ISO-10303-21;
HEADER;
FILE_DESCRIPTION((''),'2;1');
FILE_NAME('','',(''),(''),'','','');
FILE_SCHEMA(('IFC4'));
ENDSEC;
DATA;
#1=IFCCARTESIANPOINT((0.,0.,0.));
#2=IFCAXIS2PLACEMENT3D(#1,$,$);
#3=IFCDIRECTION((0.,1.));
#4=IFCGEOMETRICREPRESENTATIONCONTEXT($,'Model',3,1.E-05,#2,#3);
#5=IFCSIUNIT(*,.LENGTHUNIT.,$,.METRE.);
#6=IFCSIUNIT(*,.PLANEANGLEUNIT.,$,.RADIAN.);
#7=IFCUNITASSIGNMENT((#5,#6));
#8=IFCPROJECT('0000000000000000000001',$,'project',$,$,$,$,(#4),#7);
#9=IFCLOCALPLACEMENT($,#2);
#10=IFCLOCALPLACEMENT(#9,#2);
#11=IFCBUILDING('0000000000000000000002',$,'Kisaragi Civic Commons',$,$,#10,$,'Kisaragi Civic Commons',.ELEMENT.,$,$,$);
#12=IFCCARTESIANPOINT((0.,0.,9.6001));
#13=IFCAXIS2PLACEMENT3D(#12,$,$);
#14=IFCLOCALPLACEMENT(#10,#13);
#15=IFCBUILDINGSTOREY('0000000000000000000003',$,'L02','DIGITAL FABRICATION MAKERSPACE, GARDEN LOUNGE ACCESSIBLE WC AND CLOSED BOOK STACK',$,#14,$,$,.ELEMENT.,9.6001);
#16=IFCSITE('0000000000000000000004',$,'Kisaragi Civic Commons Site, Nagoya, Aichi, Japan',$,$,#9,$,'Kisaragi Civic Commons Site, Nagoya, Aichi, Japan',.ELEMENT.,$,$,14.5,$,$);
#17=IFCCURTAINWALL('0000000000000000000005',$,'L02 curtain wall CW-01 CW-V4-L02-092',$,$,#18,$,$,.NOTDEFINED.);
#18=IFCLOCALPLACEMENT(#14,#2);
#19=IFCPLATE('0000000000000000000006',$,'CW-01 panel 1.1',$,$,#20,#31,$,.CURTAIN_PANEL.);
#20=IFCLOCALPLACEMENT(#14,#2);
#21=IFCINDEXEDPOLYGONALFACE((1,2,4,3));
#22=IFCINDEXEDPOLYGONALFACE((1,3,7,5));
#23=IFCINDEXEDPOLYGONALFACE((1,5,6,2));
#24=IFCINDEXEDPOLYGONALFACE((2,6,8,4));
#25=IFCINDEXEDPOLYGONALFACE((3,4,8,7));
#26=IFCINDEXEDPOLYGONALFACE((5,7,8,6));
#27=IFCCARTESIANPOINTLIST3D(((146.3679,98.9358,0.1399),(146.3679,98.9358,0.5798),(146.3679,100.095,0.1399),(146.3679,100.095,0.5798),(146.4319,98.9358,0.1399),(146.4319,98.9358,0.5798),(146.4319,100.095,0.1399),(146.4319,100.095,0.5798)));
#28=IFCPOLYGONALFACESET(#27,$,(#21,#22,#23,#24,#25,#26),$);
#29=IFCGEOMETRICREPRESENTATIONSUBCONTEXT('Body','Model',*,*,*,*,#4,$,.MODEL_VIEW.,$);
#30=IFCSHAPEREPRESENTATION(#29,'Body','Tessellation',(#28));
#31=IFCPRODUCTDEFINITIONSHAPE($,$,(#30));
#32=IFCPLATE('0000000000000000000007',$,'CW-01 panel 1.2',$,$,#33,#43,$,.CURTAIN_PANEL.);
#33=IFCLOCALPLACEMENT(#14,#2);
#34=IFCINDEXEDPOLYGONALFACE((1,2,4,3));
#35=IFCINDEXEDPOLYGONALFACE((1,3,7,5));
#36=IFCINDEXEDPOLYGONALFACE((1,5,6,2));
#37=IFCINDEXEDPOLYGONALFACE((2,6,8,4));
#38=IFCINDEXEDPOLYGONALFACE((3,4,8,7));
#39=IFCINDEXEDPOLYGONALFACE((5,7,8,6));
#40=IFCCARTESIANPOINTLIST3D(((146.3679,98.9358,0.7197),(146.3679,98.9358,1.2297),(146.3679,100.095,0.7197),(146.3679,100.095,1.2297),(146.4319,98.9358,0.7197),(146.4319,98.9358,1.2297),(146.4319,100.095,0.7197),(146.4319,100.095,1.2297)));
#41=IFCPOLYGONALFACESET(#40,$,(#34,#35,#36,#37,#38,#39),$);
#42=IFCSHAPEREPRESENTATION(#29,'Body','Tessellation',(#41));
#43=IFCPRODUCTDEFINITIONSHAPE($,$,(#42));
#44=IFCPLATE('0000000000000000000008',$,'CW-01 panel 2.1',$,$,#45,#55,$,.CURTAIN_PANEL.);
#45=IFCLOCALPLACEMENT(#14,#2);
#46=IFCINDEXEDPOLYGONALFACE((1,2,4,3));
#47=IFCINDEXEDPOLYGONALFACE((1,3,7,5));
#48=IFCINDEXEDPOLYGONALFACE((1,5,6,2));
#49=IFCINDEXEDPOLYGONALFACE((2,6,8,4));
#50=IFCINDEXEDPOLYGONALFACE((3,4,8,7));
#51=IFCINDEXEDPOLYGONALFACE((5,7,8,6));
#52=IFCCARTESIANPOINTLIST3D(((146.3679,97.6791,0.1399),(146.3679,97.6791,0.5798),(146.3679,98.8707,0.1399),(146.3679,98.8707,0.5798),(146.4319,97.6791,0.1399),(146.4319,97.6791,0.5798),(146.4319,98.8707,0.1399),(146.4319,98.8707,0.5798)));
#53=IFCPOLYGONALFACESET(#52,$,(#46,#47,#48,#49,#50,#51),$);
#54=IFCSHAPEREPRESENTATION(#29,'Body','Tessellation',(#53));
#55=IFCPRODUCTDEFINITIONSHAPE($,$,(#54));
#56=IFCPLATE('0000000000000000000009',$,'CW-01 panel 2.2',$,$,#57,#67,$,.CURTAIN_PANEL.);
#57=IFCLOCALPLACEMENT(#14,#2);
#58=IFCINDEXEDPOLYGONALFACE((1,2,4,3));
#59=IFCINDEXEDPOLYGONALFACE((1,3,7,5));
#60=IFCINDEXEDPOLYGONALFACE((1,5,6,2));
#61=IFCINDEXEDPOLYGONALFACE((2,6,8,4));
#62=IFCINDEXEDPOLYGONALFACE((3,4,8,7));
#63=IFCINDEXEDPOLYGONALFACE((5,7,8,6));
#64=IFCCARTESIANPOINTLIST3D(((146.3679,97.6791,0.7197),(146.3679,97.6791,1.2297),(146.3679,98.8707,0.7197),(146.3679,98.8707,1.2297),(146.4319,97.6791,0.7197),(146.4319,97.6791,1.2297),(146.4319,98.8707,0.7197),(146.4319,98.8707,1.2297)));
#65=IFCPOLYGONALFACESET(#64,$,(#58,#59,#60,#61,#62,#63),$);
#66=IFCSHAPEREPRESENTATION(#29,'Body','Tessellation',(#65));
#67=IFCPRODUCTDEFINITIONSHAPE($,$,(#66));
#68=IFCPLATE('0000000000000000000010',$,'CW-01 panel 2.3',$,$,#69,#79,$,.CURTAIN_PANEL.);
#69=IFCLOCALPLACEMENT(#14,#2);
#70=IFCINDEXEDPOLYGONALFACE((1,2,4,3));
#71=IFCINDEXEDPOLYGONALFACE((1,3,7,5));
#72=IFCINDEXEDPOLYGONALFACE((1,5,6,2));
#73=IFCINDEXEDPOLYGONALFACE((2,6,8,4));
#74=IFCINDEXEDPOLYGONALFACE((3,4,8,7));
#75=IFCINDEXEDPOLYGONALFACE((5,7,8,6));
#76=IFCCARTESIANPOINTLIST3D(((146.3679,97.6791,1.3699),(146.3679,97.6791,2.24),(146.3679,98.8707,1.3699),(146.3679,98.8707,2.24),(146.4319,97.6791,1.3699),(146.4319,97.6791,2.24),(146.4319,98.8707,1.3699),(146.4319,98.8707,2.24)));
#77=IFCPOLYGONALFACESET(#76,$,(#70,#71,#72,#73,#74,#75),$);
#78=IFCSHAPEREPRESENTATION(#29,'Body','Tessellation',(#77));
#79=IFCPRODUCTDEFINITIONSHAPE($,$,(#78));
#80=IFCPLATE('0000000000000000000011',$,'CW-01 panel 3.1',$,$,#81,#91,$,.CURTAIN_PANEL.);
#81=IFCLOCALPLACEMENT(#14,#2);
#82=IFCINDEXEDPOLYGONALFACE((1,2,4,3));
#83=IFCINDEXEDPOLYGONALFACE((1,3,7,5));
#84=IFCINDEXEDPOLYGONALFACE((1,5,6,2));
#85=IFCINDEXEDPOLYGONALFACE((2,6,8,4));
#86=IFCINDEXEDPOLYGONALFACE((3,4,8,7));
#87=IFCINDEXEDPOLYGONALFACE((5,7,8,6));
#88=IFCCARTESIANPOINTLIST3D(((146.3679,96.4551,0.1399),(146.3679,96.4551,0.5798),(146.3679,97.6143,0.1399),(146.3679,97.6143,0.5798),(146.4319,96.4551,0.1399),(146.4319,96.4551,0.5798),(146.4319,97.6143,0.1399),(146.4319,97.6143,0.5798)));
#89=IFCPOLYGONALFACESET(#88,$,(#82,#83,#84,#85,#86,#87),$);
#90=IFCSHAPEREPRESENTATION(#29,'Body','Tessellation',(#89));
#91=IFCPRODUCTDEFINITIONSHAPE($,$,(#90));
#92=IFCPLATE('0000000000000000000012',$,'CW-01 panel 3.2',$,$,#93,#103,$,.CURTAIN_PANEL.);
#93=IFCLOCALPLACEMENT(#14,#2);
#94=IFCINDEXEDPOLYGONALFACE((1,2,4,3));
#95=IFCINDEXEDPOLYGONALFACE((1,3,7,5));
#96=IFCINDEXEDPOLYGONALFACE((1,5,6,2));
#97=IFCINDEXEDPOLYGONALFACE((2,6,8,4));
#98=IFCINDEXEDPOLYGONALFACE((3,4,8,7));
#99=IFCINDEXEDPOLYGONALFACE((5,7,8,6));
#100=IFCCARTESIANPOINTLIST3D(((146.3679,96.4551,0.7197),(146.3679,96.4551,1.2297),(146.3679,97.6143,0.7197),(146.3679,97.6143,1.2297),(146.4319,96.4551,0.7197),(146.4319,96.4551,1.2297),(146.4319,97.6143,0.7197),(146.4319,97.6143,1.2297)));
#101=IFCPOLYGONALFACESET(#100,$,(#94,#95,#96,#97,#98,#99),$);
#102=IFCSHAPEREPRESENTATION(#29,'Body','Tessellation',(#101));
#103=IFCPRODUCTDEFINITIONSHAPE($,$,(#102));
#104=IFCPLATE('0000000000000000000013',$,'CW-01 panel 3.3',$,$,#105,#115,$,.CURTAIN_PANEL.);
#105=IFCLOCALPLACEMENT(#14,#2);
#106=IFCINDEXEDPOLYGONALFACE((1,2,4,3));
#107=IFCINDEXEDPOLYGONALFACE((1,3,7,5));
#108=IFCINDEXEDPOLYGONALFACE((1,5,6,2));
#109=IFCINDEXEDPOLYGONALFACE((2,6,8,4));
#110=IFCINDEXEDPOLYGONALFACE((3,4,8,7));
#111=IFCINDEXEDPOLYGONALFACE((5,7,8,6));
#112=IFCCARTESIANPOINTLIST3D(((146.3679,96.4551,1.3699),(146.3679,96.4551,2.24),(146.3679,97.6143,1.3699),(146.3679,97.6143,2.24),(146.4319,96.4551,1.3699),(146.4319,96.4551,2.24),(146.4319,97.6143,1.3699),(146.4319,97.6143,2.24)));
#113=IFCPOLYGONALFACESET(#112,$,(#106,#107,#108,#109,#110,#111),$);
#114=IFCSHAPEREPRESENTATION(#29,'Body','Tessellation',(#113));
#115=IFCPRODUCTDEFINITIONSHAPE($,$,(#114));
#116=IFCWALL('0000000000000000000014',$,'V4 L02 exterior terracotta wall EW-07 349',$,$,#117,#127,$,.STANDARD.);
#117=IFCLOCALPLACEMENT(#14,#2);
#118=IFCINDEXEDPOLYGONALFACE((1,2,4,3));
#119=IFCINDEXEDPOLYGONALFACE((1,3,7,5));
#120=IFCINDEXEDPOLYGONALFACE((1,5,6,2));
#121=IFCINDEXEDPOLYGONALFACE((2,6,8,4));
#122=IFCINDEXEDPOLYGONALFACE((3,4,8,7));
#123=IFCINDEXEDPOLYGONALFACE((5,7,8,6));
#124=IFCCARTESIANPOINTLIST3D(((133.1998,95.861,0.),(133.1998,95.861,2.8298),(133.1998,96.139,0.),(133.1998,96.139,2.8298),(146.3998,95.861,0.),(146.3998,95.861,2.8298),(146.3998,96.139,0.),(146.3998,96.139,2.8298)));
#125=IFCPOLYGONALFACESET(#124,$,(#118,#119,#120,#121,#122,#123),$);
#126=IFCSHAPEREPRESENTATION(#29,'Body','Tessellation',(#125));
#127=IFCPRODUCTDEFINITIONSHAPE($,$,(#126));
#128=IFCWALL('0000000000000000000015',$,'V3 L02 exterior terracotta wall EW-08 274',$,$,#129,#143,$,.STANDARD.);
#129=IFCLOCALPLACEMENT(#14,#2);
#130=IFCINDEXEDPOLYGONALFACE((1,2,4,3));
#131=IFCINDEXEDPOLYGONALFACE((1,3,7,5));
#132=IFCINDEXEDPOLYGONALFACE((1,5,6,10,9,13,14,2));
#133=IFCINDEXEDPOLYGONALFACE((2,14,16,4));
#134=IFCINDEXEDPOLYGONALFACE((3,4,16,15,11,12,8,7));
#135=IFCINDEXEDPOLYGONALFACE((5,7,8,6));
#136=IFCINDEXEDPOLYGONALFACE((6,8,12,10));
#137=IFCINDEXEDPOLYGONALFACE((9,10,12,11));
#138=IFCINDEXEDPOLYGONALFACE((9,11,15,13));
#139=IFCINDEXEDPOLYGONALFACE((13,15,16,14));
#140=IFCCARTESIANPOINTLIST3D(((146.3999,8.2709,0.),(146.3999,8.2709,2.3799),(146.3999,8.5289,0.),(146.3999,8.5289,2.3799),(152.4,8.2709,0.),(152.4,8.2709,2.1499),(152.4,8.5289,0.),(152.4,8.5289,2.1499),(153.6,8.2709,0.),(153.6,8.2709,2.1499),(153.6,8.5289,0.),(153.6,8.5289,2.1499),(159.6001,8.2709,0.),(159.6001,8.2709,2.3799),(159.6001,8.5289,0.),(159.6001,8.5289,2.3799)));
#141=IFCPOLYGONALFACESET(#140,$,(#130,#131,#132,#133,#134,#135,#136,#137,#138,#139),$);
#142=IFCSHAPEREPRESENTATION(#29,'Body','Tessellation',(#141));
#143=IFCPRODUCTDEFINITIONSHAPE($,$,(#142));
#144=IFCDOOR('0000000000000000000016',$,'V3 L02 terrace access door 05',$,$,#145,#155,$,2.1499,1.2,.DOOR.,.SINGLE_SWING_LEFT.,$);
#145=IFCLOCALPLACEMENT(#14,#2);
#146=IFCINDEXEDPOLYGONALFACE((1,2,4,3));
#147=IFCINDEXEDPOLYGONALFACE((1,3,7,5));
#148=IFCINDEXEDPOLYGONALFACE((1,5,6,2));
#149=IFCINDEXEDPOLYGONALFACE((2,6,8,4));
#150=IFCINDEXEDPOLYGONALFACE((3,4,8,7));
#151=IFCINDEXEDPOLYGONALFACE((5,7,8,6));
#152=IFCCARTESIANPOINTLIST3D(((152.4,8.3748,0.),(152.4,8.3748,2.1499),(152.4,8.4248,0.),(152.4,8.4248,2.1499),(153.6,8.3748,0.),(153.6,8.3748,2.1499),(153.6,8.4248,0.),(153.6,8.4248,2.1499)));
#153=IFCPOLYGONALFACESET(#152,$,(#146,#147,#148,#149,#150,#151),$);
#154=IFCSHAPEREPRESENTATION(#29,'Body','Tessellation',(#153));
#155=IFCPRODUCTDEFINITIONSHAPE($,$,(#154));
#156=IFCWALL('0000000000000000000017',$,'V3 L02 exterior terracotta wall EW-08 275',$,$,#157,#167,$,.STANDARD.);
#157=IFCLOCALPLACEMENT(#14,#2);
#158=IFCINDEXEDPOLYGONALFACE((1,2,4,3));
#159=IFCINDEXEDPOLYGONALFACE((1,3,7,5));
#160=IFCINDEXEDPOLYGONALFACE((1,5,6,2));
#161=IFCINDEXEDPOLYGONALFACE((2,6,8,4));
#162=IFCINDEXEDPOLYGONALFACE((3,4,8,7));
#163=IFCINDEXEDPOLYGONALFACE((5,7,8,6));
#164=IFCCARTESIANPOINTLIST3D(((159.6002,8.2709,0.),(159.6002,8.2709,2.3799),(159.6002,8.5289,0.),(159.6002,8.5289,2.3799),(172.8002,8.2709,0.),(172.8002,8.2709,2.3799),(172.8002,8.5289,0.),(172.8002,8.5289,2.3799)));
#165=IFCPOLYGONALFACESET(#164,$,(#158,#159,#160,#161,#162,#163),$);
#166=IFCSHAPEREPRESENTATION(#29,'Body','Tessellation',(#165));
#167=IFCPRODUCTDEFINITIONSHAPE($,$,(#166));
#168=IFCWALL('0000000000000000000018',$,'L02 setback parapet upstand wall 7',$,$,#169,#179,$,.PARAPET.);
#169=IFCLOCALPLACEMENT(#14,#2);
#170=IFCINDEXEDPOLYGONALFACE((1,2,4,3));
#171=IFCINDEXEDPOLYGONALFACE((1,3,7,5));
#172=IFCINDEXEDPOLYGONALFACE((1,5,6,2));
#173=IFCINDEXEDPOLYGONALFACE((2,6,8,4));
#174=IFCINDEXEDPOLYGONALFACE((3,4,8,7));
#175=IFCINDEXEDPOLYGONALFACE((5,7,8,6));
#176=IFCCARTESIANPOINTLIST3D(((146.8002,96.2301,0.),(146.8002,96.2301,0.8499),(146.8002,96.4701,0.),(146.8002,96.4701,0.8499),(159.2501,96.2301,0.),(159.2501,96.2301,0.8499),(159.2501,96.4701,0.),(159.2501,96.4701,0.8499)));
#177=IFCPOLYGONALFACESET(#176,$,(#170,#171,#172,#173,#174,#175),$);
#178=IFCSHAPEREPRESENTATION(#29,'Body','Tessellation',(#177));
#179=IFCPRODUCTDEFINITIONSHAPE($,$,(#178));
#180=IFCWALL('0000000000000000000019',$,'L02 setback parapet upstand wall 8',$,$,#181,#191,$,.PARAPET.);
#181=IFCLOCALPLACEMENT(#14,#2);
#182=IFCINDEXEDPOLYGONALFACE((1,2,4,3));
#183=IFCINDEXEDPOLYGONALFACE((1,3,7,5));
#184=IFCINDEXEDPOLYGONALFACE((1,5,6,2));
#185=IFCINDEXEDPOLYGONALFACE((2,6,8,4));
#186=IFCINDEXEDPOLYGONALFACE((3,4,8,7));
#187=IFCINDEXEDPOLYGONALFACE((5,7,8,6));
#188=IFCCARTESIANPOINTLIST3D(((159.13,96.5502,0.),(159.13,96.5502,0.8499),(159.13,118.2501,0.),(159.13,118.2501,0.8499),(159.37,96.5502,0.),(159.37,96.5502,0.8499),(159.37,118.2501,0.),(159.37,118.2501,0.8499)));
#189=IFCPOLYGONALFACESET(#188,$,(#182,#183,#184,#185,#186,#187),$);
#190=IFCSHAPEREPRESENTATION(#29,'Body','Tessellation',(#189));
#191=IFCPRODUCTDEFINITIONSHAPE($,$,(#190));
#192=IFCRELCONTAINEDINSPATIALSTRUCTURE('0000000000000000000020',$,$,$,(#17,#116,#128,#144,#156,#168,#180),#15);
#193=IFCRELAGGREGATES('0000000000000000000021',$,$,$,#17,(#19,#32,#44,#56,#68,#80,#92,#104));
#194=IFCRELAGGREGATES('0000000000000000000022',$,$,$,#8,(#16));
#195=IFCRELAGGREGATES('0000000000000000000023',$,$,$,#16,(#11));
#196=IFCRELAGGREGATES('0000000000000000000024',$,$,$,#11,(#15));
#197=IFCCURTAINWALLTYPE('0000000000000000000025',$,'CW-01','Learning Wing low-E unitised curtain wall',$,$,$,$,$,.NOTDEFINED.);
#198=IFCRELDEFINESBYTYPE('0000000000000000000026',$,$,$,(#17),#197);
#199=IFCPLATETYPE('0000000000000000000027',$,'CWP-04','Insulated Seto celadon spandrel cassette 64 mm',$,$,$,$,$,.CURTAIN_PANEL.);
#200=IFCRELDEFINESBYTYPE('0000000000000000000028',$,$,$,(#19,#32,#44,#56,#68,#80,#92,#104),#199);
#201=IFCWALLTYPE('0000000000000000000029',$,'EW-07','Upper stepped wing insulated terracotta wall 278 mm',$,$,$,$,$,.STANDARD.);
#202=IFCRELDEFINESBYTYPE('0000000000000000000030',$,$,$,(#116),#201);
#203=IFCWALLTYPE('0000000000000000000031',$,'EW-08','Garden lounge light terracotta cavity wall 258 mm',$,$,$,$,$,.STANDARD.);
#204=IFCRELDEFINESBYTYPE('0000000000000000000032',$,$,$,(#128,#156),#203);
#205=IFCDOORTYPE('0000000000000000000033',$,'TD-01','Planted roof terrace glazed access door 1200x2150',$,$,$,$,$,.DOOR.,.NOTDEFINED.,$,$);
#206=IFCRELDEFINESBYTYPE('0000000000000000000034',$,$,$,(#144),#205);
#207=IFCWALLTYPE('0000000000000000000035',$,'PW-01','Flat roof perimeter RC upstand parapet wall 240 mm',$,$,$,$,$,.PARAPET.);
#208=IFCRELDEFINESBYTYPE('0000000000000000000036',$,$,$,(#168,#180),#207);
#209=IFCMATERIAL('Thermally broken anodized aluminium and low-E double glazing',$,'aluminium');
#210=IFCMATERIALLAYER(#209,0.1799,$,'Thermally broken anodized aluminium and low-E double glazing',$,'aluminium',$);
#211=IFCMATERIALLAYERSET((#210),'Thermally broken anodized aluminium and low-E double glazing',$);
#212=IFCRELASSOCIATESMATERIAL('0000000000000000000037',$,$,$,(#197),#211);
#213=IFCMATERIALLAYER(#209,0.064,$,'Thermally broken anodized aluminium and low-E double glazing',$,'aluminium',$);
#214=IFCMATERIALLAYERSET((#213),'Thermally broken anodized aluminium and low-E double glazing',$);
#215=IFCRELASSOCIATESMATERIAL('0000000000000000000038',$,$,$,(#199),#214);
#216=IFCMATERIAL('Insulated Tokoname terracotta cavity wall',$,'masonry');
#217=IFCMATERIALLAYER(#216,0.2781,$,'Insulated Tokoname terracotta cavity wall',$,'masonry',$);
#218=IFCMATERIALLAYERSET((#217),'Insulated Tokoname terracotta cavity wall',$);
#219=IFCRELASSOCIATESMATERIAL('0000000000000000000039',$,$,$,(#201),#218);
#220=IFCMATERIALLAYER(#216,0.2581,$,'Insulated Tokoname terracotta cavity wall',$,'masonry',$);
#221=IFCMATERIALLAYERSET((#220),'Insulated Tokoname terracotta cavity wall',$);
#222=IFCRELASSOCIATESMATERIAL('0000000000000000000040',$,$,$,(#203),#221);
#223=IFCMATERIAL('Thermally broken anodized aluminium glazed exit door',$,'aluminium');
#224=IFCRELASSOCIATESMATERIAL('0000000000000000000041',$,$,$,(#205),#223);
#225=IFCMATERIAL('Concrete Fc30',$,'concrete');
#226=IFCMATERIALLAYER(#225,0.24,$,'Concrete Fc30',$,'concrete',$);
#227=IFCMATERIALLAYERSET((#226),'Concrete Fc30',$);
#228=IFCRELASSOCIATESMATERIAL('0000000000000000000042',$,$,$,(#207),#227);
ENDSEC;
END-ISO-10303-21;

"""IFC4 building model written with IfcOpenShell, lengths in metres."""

from ifc_helpers import new_model, si_unit, direction, frame, frame_2d, origin, origin_2d, place, context, subcontext, project, spatial, rectangle, extrude, material, layer, layer_set, type_object, element, fill, aggregate, save


model = new_model("IFC4")

# Units and contexts
model_context = context("Model", 3, precision=1e-05, world=origin(), true_north=direction((0.0, 1.0)))
body_context = subcontext(model_context, "Body", "Model", "MODEL_VIEW")
ifc_project = project(units=[si_unit("LENGTHUNIT", "METRE"), si_unit("PLANEANGLEUNIT", "RADIAN")], contexts=[model_context])

# Site, building, storey
site_placement = place(None, origin())
site = spatial("IfcSite", under=ifc_project, at=site_placement, Name="Kisaragi Civic Commons Site, Nagoya, Aichi, Japan", LongName="Kisaragi Civic Commons Site, Nagoya, Aichi, Japan", CompositionType="ELEMENT", RefElevation=14.5)
building_placement = place(site_placement, origin())
building = spatial("IfcBuilding", under=site, at=building_placement, Name="Kisaragi Civic Commons", LongName="Kisaragi Civic Commons", CompositionType="ELEMENT")
storey_placement = place(building_placement, frame((0.0, 0.0, 9.6001)))
storey = spatial("IfcBuildingStorey", under=building, at=storey_placement, Name="L02", Description="DIGITAL FABRICATION MAKERSPACE, GARDEN LOUNGE ACCESSIBLE WC AND CLOSED BOOK STACK", CompositionType="ELEMENT", Elevation=9.6001)

# Curtain wall
ifc_material_1 = material(Name="Thermally broken anodized aluminium and low-E double glazing", Category="aluminium")
ifc_layer_1 = layer(ifc_material_1, 0.1799, Name="Thermally broken anodized aluminium and low-E double glazing", Category="aluminium")
ifc_layer_set_1 = layer_set([ifc_layer_1], Name="Thermally broken anodized aluminium and low-E double glazing")
curtain_wall_type = type_object("IfcCurtainWallType", Name="CW-01", Description="Learning Wing low-E unitised curtain wall", PredefinedType="NOTDEFINED", material=ifc_layer_set_1)
curtain_wall_placement = place(storey_placement, origin())
curtain_wall = element("IfcCurtainWall", 1, at=curtain_wall_placement, inside=storey, type_object=curtain_wall_type, Name="L02 curtain wall CW-01 CW-V4-L02-092", PredefinedType="NOTDEFINED")

# Plates
ifc_layer_2 = layer(ifc_material_1, 0.064, Name="Thermally broken anodized aluminium and low-E double glazing", Category="aluminium")
ifc_layer_set_2 = layer_set([ifc_layer_2], Name="Thermally broken anodized aluminium and low-E double glazing")
plate_type = type_object("IfcPlateType", Name="CWP-04", Description="Insulated Seto celadon spandrel cassette 64 mm", PredefinedType="CURTAIN_PANEL", material=ifc_layer_set_2)
plate_1_placement = place(storey_placement, frame((146.3999, 99.5154, 0.1399), z_axis=(0.0, 0.0, 1.0), x_axis=(0.0, -1.0, 0.0)))
plate_1 = element("IfcPlate", 2, at=plate_1_placement, type_object=plate_type, Name="CW-01 panel 1.1", PredefinedType="CURTAIN_PANEL", context=body_context, shape_type="SweptSolid", body=[
    extrude(rectangle(XDim=1.1592, YDim=0.064, at=origin_2d()), origin(), (0.0, 0.0, 1.0), 0.4399),
])
plate_2_placement = place(storey_placement, frame((146.3999, 99.5154, 0.7197), z_axis=(0.0, 0.0, 1.0), x_axis=(0.0, -1.0, 0.0)))
plate_2 = element("IfcPlate", 3, at=plate_2_placement, type_object=plate_type, Name="CW-01 panel 1.2", PredefinedType="CURTAIN_PANEL", context=body_context, shape_type="SweptSolid", body=[
    extrude(rectangle(XDim=1.1592, YDim=0.064, at=origin_2d()), origin(), (0.0, 0.0, 1.0), 0.51),
])
plate_3_placement = place(storey_placement, frame((146.3999, 98.2749, 0.1399), z_axis=(0.0, 0.0, 1.0), x_axis=(0.0, -1.0, 0.0)))
plate_3 = element("IfcPlate", 4, at=plate_3_placement, type_object=plate_type, Name="CW-01 panel 2.1", PredefinedType="CURTAIN_PANEL", context=body_context, shape_type="SweptSolid", body=[
    extrude(rectangle(XDim=1.1917, YDim=0.064, at=origin_2d()), origin(), (0.0, 0.0, 1.0), 0.4399),
])
plate_4_placement = place(storey_placement, frame((146.3999, 98.2749, 0.7197), z_axis=(0.0, 0.0, 1.0), x_axis=(0.0, -1.0, 0.0)))
plate_4 = element("IfcPlate", 5, at=plate_4_placement, type_object=plate_type, Name="CW-01 panel 2.2", PredefinedType="CURTAIN_PANEL", context=body_context, shape_type="SweptSolid", body=[
    extrude(rectangle(XDim=1.1917, YDim=0.064, at=origin_2d()), origin(), (0.0, 0.0, 1.0), 0.51),
])
plate_5_placement = place(storey_placement, frame((146.3999, 98.2749, 1.3699), z_axis=(0.0, 0.0, 1.0), x_axis=(0.0, -1.0, 0.0)))
plate_5 = element("IfcPlate", 6, at=plate_5_placement, type_object=plate_type, Name="CW-01 panel 2.3", PredefinedType="CURTAIN_PANEL", context=body_context, shape_type="SweptSolid", body=[
    extrude(rectangle(XDim=1.1917, YDim=0.064, at=origin_2d()), origin(), (0.0, 0.0, 1.0), 0.8701),
])
plate_6_placement = place(storey_placement, frame((146.3999, 97.0347, 0.1399), z_axis=(0.0, 0.0, 1.0), x_axis=(0.0, -1.0, 0.0)))
plate_6 = element("IfcPlate", 7, at=plate_6_placement, type_object=plate_type, Name="CW-01 panel 3.1", PredefinedType="CURTAIN_PANEL", context=body_context, shape_type="SweptSolid", body=[
    extrude(rectangle(XDim=1.1592, YDim=0.064, at=origin_2d()), origin(), (0.0, 0.0, 1.0), 0.4399),
])
plate_7_placement = place(storey_placement, frame((146.3999, 97.0347, 0.7197), z_axis=(0.0, 0.0, 1.0), x_axis=(0.0, -1.0, 0.0)))
plate_7 = element("IfcPlate", 8, at=plate_7_placement, type_object=plate_type, Name="CW-01 panel 3.2", PredefinedType="CURTAIN_PANEL", context=body_context, shape_type="SweptSolid", body=[
    extrude(rectangle(XDim=1.1592, YDim=0.064, at=origin_2d()), origin(), (0.0, 0.0, 1.0), 0.51),
])
plate_8_placement = place(storey_placement, frame((146.3999, 97.0347, 1.3699), z_axis=(0.0, 0.0, 1.0), x_axis=(0.0, -1.0, 0.0)))
plate_8 = element("IfcPlate", 9, at=plate_8_placement, type_object=plate_type, Name="CW-01 panel 3.3", PredefinedType="CURTAIN_PANEL", context=body_context, shape_type="SweptSolid", body=[
    extrude(rectangle(XDim=1.1592, YDim=0.064, at=origin_2d()), origin(), (0.0, 0.0, 1.0), 0.8701),
])
aggregate(curtain_wall, [plate_1, plate_2, plate_3, plate_4, plate_5, plate_6, plate_7, plate_8])

# Wall
ifc_material_2 = material(Name="Insulated Tokoname terracotta cavity wall", Category="masonry")
ifc_layer_3 = layer(ifc_material_2, 0.2781, Name="Insulated Tokoname terracotta cavity wall", Category="masonry")
ifc_layer_set_3 = layer_set([ifc_layer_3], Name="Insulated Tokoname terracotta cavity wall")
wall_type_1 = type_object("IfcWallType", Name="EW-07", Description="Upper stepped wing insulated terracotta wall 278 mm", PredefinedType="STANDARD", material=ifc_layer_set_3)
wall_1_placement = place(storey_placement, frame((146.3999, 96.0, 0.0), z_axis=(0.0, 0.0, 1.0), x_axis=(-1.0, 0.0, 0.0)))
element("IfcWall", 10, at=wall_1_placement, inside=storey, type_object=wall_type_1, Name="V4 L02 exterior terracotta wall EW-07 349", PredefinedType="STANDARD", context=body_context, shape_type="SweptSolid", body=[
    extrude(rectangle(XDim=13.2, YDim=0.2781, at=frame_2d((6.6001, 0.0))), origin(), (0.0, 0.0, 1.0), 2.8298),
])

# Wall, opening, door
ifc_layer_4 = layer(ifc_material_2, 0.2581, Name="Insulated Tokoname terracotta cavity wall", Category="masonry")
ifc_layer_set_4 = layer_set([ifc_layer_4], Name="Insulated Tokoname terracotta cavity wall")
wall_type_2 = type_object("IfcWallType", Name="EW-08", Description="Garden lounge light terracotta cavity wall 258 mm", PredefinedType="STANDARD", material=ifc_layer_set_4)
wall_2_placement = place(storey_placement, frame((146.3999, 8.3999, 0.0), z_axis=(0.0, 0.0, 1.0), x_axis=(1.0, 0.0, 0.0)))
wall_2 = element("IfcWall", 11, at=wall_2_placement, inside=storey, type_object=wall_type_2, Name="V3 L02 exterior terracotta wall EW-08 274", PredefinedType="STANDARD", context=body_context, shape_type="SweptSolid", body=[
    extrude(rectangle(XDim=13.2002, YDim=0.2581, at=frame_2d((6.6001, 0.0))), origin(), (0.0, 0.0, 1.0), 2.3799),
])
opening_placement = place(wall_2_placement, frame((6.0, 0.0, 0.0)))
opening = element("IfcOpeningElement", 12, at=opening_placement, cuts=wall_2, PredefinedType="OPENING", context=body_context, shape_type="SweptSolid", body=[
    extrude(rectangle(XDim=1.2, YDim=2.1499, at=frame_2d((0.6001, 1.075))), frame((0.0, 0.1389, 0.0), z_axis=(0.0, -1.0, 0.0), x_axis=(1.0, 0.0, 0.0)), (0.0, 0.0, 1.0), 0.2781),
])
ifc_material_3 = material(Name="Thermally broken anodized aluminium glazed exit door", Category="aluminium")
door_type = type_object("IfcDoorType", Name="TD-01", Description="Planted roof terrace glazed access door 1200x2150", OperationType="NOTDEFINED", PredefinedType="DOOR", material=ifc_material_3)
door_placement = place(opening_placement, origin())
door = element("IfcDoor", 13, at=door_placement, inside=storey, type_object=door_type, Name="V3 L02 terrace access door 05", OperationType="SINGLE_SWING_LEFT", OverallHeight=2.1499, OverallWidth=1.2, PredefinedType="DOOR", context=body_context, shape_type="SweptSolid", body=[
    extrude(rectangle(XDim=1.2, YDim=2.1499, at=frame_2d((0.6001, 1.075))), frame((0.0, 0.0249, 0.0), z_axis=(0.0, -1.0, 0.0), x_axis=(1.0, 0.0, 0.0)), (0.0, 0.0, 1.0), 0.05),
])
fill(opening, door)

# Walls
wall_3_placement = place(storey_placement, frame((159.6001, 8.3999, 0.0), z_axis=(0.0, 0.0, 1.0), x_axis=(1.0, 0.0, 0.0)))
element("IfcWall", 14, at=wall_3_placement, inside=storey, type_object=wall_type_2, Name="V3 L02 exterior terracotta wall EW-08 275", PredefinedType="STANDARD", context=body_context, shape_type="SweptSolid", body=[
    extrude(rectangle(XDim=13.2, YDim=0.2581, at=frame_2d((6.6001, 0.0))), origin(), (0.0, 0.0, 1.0), 2.3799),
])
ifc_material_4 = material(Name="Concrete Fc30", Category="concrete")
ifc_layer_5 = layer(ifc_material_4, 0.24, Name="Concrete Fc30", Category="concrete")
ifc_layer_set_5 = layer_set([ifc_layer_5], Name="Concrete Fc30")
wall_type_3 = type_object("IfcWallType", Name="PW-01", Description="Flat roof perimeter RC upstand parapet wall 240 mm", PredefinedType="PARAPET", material=ifc_layer_set_5)
wall_4_placement = place(storey_placement, frame((146.8, 96.3501, 0.0), z_axis=(0.0, 0.0, 1.0), x_axis=(1.0, 0.0, 0.0)))
element("IfcWall", 15, at=wall_4_placement, inside=storey, type_object=wall_type_3, Name="L02 setback parapet upstand wall 7", PredefinedType="PARAPET", context=body_context, shape_type="SweptSolid", body=[
    extrude(rectangle(XDim=12.45, YDim=0.24, at=frame_2d((6.2251, 0.0))), origin(), (0.0, 0.0, 1.0), 0.8499),
])
wall_5_placement = place(storey_placement, frame((159.25, 96.55, 0.0), z_axis=(0.0, 0.0, 1.0), x_axis=(0.0, 1.0, 0.0)))
element("IfcWall", 16, at=wall_5_placement, inside=storey, type_object=wall_type_3, Name="L02 setback parapet upstand wall 8", PredefinedType="PARAPET", context=body_context, shape_type="SweptSolid", body=[
    extrude(rectangle(XDim=21.7, YDim=0.24, at=frame_2d((10.8501, 0.0))), origin(), (0.0, 0.0, 1.0), 0.8499),
])

save(model, "model.ifc")
